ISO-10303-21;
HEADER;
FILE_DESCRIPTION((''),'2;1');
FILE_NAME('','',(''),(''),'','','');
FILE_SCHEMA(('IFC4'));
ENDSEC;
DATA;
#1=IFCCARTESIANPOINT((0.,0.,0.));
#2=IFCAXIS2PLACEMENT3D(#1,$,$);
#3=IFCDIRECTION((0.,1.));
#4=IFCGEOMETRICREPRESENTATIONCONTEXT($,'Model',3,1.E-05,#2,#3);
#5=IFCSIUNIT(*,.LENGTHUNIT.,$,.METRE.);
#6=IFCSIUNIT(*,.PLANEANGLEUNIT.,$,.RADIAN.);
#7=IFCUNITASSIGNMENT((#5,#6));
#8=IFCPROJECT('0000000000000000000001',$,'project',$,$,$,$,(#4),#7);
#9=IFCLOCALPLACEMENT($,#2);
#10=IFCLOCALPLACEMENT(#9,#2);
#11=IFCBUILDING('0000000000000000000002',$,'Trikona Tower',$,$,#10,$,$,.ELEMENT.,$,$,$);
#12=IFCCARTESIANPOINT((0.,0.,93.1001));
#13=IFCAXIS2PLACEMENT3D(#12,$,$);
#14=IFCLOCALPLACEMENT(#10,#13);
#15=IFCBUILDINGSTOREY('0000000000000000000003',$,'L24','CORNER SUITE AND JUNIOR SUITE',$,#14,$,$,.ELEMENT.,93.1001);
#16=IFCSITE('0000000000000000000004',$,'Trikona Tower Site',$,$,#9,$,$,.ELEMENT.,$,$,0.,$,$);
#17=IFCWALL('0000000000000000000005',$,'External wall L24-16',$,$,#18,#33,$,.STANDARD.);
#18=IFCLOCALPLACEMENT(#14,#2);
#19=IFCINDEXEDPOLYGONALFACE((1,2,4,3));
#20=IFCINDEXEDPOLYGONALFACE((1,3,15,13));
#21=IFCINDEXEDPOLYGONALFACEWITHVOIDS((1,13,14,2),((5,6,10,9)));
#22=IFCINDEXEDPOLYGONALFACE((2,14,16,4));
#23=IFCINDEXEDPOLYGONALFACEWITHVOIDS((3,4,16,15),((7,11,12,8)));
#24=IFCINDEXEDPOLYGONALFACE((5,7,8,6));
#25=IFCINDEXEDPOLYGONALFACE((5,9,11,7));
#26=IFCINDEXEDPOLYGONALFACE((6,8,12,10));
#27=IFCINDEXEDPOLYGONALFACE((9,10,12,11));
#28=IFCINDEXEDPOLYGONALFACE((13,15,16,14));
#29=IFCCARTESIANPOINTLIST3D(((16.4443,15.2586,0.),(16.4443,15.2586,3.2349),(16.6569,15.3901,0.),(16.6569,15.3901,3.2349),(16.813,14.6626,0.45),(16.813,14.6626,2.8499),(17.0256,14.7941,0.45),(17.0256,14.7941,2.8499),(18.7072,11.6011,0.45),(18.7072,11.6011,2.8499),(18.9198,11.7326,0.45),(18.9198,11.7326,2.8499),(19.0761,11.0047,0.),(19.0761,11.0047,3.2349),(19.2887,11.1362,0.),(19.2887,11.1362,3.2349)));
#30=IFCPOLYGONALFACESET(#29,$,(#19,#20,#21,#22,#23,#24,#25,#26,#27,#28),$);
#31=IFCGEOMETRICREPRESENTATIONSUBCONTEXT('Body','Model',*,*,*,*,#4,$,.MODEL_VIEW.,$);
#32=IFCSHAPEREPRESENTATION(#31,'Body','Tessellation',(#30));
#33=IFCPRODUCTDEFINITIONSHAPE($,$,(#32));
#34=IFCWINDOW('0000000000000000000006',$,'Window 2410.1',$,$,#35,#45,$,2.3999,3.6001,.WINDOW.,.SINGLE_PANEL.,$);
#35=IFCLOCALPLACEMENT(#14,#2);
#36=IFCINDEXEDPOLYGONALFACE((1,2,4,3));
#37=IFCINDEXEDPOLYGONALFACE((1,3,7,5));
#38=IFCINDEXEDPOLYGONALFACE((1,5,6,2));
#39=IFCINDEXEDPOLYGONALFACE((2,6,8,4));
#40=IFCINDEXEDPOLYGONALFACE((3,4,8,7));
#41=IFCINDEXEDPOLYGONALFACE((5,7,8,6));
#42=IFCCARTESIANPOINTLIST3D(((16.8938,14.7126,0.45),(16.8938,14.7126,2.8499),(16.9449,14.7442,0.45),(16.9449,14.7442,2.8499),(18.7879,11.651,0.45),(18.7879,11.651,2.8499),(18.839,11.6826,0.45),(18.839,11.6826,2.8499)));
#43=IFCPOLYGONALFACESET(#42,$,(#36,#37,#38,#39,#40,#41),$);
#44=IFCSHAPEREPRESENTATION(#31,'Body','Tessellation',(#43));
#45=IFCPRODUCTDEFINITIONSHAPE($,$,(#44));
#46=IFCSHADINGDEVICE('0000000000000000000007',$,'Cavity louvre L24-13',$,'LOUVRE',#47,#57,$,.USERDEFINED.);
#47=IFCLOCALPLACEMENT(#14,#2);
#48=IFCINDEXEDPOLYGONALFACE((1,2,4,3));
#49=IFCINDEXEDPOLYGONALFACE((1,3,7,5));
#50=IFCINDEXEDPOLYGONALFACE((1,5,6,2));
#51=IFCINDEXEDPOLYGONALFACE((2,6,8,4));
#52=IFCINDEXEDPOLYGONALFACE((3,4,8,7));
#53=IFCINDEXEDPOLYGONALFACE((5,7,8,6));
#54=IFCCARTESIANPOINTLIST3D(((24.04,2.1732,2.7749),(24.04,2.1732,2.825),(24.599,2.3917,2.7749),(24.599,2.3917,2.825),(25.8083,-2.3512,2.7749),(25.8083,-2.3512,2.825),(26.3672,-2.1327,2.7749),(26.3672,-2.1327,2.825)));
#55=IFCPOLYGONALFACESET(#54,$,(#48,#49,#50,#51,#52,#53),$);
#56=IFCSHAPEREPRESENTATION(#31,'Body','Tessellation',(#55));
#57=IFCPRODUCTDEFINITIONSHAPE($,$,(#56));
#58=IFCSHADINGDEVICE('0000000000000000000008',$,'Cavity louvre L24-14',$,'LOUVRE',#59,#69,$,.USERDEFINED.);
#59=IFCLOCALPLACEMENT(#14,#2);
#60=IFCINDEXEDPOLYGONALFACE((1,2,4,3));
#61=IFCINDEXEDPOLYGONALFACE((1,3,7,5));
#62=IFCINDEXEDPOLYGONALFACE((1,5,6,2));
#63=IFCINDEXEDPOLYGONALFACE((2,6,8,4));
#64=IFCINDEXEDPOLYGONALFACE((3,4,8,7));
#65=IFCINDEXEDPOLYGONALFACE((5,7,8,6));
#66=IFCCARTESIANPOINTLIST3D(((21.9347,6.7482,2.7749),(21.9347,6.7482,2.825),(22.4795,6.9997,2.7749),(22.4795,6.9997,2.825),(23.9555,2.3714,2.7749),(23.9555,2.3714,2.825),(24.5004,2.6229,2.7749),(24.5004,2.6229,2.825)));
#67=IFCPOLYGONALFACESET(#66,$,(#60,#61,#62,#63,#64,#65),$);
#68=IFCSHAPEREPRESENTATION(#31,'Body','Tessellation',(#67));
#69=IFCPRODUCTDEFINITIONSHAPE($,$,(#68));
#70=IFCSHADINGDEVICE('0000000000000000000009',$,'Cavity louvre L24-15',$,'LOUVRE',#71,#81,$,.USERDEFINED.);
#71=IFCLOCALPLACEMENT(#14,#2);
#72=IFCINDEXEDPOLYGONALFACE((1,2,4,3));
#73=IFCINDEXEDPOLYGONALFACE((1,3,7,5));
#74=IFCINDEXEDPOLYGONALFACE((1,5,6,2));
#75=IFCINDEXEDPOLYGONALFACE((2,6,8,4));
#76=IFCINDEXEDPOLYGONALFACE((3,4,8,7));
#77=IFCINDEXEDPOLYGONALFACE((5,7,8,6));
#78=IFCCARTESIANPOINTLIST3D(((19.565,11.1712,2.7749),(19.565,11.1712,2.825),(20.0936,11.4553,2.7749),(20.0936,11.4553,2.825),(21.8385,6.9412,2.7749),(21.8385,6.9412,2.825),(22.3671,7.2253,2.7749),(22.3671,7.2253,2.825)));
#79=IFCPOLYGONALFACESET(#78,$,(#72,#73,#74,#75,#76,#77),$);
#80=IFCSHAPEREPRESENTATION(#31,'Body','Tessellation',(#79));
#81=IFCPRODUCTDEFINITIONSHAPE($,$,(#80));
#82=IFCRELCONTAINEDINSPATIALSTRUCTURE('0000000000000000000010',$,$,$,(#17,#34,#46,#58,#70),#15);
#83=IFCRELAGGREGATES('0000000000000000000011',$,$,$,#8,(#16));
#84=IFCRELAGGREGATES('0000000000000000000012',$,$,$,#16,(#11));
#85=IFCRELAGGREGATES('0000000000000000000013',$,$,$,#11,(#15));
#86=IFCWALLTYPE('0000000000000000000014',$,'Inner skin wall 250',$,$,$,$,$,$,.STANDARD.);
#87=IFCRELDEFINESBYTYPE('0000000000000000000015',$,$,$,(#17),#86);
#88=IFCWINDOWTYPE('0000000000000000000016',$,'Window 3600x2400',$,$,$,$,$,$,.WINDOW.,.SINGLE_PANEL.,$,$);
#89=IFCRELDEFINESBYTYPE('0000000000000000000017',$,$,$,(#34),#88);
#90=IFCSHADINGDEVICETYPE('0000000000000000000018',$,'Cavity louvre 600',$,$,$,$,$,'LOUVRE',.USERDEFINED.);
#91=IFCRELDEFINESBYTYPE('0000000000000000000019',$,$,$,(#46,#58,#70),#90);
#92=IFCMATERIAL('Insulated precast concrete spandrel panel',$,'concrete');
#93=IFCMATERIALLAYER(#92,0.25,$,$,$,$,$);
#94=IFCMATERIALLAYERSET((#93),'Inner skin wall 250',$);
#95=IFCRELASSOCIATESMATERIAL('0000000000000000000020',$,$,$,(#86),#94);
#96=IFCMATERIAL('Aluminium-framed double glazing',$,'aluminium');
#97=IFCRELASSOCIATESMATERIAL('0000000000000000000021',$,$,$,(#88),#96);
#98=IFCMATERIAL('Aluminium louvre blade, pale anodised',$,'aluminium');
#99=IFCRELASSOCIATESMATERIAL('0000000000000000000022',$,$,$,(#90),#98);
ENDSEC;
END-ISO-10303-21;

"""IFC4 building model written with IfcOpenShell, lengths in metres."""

from ifc_helpers import new_model, si_unit, direction, frame, frame_2d, origin, origin_2d, place, context, subcontext, project, spatial, rectangle, extrude, material, layer, layer_set, type_object, element, fill, save


model = new_model("IFC4")

# Units and contexts
model_context = context("Model", 3, precision=1e-05, world=origin(), true_north=direction((0.0, 1.0)))
body_context = subcontext(model_context, "Body", "Model", "MODEL_VIEW")
ifc_project = project(units=[si_unit("LENGTHUNIT", "METRE"), si_unit("PLANEANGLEUNIT", "RADIAN")], contexts=[model_context])

# Site, building, storey
site_placement = place(None, origin())
site = spatial("IfcSite", under=ifc_project, at=site_placement, Name="Trikona Tower Site", CompositionType="ELEMENT", RefElevation=0.0)
building_placement = place(site_placement, origin())
building = spatial("IfcBuilding", under=site, at=building_placement, Name="Trikona Tower", CompositionType="ELEMENT")
storey_placement = place(building_placement, frame((0.0, 0.0, 93.1001)))
storey = spatial("IfcBuildingStorey", under=building, at=storey_placement, Name="L24", Description="CORNER SUITE AND JUNIOR SUITE", CompositionType="ELEMENT", Elevation=93.1001)

# Wall, opening, window
ifc_material_1 = material(Name="Insulated precast concrete spandrel panel", Category="concrete")
ifc_layer_1 = layer(ifc_material_1, 0.25)
ifc_layer_set_1 = layer_set([ifc_layer_1], Name="Inner skin wall 250")
wall_type_1 = type_object("IfcWallType", Name="Inner skin wall 250", PredefinedType="STANDARD", material=ifc_layer_set_1)
ifc_material_2 = material(Name="Aluminium-framed double glazing", Category="aluminium")
window_type = type_object("IfcWindowType", Name="Window 3600x2400", PartitioningType="SINGLE_PANEL", PredefinedType="WINDOW", material=ifc_material_2)
wall_1_placement = place(storey_placement, frame((19.1824, 11.0706, 0.0), z_axis=(0.0, 0.0, 1.0), x_axis=(-0.526133, 0.850402, 0.0)))
wall_1 = element("IfcWall", 1, at=wall_1_placement, inside=storey, type_object=wall_type_1, Name="External wall L24-16", PredefinedType="STANDARD", context=body_context, shape_type="SweptSolid", body=[
    extrude(rectangle(XDim=5.0022, YDim=0.25, at=frame_2d((2.501, 0.0))), origin(), (0.0, 0.0, 1.0), 3.2349),
])
opening_1_placement = place(wall_1_placement, frame((0.7012, 0.0, 0.45)))
opening_1 = element("IfcOpeningElement", 2, at=opening_1_placement, cuts=wall_1, PredefinedType="OPENING", context=body_context, shape_type="SweptSolid", body=[
    extrude(rectangle(XDim=3.6001, YDim=2.3999, at=frame_2d((1.8, 1.2))), frame((0.0, 0.135, 0.0), z_axis=(0.0, -1.0, 0.0), x_axis=(1.0, 0.0, 0.0)), (0.0, 0.0, 1.0), 0.27),
])
window_1_placement = place(opening_1_placement, origin())
window_1 = element("IfcWindow", 3, at=window_1_placement, inside=storey, type_object=window_type, Name="Window 2410.1", OverallHeight=2.3999, OverallWidth=3.6001, PartitioningType="SINGLE_PANEL", PredefinedType="WINDOW", context=body_context, shape_type="SweptSolid", body=[
    extrude(rectangle(XDim=3.6001, YDim=2.3999, at=frame_2d((1.8, 1.2))), frame((0.0, 0.03, 0.0), z_axis=(0.0, -1.0, 0.0), x_axis=(1.0, 0.0, 0.0)), (0.0, 0.0, 1.0), 0.0601),
])
fill(opening_1, window_1)

# Shading devices
ifc_material_3 = material(Name="Aluminium louvre blade, pale anodised", Category="aluminium")
shading_device_type = type_object("IfcShadingDeviceType", Name="Cavity louvre 600", ElementType="LOUVRE", PredefinedType="USERDEFINED", material=ifc_material_3)
shading_device_1_placement = place(storey_placement, frame((25.2036, 0.0203, 2.7749), z_axis=(0.0, 0.0, 1.0), x_axis=(-0.364009, 0.931395, 0.0)))
element("IfcShadingDevice", 4, at=shading_device_1_placement, inside=storey, type_object=shading_device_type, Name="Cavity louvre L24-13", ObjectType="LOUVRE", PredefinedType="USERDEFINED", context=body_context, shape_type="SweptSolid", body=[
    extrude(rectangle(XDim=4.8577, YDim=0.6001, at=origin_2d()), origin(), (0.0, 0.0, 1.0), 0.05),
])
shading_device_2_placement = place(storey_placement, frame((23.2175, 4.6855, 2.7749), z_axis=(0.0, 0.0, 1.0), x_axis=(-0.419194, 0.907897, 0.0)))
element("IfcShadingDevice", 5, at=shading_device_2_placement, inside=storey, type_object=shading_device_type, Name="Cavity louvre L24-14", ObjectType="LOUVRE", PredefinedType="USERDEFINED", context=body_context, shape_type="SweptSolid", body=[
    extrude(rectangle(XDim=4.8208, YDim=0.6001, at=origin_2d()), origin(), (0.0, 0.0, 1.0), 0.05),
])
shading_device_3_placement = place(storey_placement, frame((20.9661, 9.1982, 2.7749), z_axis=(0.0, 0.0, 1.0), x_axis=(-0.473423, 0.880835, 0.0)))
element("IfcShadingDevice", 6, at=shading_device_3_placement, inside=storey, type_object=shading_device_type, Name="Cavity louvre L24-15", ObjectType="LOUVRE", PredefinedType="USERDEFINED", context=body_context, shape_type="SweptSolid", body=[
    extrude(rectangle(XDim=4.8022, YDim=0.6001, at=origin_2d()), origin(), (0.0, 0.0, 1.0), 0.05),
])

save(model, "model.ifc")
